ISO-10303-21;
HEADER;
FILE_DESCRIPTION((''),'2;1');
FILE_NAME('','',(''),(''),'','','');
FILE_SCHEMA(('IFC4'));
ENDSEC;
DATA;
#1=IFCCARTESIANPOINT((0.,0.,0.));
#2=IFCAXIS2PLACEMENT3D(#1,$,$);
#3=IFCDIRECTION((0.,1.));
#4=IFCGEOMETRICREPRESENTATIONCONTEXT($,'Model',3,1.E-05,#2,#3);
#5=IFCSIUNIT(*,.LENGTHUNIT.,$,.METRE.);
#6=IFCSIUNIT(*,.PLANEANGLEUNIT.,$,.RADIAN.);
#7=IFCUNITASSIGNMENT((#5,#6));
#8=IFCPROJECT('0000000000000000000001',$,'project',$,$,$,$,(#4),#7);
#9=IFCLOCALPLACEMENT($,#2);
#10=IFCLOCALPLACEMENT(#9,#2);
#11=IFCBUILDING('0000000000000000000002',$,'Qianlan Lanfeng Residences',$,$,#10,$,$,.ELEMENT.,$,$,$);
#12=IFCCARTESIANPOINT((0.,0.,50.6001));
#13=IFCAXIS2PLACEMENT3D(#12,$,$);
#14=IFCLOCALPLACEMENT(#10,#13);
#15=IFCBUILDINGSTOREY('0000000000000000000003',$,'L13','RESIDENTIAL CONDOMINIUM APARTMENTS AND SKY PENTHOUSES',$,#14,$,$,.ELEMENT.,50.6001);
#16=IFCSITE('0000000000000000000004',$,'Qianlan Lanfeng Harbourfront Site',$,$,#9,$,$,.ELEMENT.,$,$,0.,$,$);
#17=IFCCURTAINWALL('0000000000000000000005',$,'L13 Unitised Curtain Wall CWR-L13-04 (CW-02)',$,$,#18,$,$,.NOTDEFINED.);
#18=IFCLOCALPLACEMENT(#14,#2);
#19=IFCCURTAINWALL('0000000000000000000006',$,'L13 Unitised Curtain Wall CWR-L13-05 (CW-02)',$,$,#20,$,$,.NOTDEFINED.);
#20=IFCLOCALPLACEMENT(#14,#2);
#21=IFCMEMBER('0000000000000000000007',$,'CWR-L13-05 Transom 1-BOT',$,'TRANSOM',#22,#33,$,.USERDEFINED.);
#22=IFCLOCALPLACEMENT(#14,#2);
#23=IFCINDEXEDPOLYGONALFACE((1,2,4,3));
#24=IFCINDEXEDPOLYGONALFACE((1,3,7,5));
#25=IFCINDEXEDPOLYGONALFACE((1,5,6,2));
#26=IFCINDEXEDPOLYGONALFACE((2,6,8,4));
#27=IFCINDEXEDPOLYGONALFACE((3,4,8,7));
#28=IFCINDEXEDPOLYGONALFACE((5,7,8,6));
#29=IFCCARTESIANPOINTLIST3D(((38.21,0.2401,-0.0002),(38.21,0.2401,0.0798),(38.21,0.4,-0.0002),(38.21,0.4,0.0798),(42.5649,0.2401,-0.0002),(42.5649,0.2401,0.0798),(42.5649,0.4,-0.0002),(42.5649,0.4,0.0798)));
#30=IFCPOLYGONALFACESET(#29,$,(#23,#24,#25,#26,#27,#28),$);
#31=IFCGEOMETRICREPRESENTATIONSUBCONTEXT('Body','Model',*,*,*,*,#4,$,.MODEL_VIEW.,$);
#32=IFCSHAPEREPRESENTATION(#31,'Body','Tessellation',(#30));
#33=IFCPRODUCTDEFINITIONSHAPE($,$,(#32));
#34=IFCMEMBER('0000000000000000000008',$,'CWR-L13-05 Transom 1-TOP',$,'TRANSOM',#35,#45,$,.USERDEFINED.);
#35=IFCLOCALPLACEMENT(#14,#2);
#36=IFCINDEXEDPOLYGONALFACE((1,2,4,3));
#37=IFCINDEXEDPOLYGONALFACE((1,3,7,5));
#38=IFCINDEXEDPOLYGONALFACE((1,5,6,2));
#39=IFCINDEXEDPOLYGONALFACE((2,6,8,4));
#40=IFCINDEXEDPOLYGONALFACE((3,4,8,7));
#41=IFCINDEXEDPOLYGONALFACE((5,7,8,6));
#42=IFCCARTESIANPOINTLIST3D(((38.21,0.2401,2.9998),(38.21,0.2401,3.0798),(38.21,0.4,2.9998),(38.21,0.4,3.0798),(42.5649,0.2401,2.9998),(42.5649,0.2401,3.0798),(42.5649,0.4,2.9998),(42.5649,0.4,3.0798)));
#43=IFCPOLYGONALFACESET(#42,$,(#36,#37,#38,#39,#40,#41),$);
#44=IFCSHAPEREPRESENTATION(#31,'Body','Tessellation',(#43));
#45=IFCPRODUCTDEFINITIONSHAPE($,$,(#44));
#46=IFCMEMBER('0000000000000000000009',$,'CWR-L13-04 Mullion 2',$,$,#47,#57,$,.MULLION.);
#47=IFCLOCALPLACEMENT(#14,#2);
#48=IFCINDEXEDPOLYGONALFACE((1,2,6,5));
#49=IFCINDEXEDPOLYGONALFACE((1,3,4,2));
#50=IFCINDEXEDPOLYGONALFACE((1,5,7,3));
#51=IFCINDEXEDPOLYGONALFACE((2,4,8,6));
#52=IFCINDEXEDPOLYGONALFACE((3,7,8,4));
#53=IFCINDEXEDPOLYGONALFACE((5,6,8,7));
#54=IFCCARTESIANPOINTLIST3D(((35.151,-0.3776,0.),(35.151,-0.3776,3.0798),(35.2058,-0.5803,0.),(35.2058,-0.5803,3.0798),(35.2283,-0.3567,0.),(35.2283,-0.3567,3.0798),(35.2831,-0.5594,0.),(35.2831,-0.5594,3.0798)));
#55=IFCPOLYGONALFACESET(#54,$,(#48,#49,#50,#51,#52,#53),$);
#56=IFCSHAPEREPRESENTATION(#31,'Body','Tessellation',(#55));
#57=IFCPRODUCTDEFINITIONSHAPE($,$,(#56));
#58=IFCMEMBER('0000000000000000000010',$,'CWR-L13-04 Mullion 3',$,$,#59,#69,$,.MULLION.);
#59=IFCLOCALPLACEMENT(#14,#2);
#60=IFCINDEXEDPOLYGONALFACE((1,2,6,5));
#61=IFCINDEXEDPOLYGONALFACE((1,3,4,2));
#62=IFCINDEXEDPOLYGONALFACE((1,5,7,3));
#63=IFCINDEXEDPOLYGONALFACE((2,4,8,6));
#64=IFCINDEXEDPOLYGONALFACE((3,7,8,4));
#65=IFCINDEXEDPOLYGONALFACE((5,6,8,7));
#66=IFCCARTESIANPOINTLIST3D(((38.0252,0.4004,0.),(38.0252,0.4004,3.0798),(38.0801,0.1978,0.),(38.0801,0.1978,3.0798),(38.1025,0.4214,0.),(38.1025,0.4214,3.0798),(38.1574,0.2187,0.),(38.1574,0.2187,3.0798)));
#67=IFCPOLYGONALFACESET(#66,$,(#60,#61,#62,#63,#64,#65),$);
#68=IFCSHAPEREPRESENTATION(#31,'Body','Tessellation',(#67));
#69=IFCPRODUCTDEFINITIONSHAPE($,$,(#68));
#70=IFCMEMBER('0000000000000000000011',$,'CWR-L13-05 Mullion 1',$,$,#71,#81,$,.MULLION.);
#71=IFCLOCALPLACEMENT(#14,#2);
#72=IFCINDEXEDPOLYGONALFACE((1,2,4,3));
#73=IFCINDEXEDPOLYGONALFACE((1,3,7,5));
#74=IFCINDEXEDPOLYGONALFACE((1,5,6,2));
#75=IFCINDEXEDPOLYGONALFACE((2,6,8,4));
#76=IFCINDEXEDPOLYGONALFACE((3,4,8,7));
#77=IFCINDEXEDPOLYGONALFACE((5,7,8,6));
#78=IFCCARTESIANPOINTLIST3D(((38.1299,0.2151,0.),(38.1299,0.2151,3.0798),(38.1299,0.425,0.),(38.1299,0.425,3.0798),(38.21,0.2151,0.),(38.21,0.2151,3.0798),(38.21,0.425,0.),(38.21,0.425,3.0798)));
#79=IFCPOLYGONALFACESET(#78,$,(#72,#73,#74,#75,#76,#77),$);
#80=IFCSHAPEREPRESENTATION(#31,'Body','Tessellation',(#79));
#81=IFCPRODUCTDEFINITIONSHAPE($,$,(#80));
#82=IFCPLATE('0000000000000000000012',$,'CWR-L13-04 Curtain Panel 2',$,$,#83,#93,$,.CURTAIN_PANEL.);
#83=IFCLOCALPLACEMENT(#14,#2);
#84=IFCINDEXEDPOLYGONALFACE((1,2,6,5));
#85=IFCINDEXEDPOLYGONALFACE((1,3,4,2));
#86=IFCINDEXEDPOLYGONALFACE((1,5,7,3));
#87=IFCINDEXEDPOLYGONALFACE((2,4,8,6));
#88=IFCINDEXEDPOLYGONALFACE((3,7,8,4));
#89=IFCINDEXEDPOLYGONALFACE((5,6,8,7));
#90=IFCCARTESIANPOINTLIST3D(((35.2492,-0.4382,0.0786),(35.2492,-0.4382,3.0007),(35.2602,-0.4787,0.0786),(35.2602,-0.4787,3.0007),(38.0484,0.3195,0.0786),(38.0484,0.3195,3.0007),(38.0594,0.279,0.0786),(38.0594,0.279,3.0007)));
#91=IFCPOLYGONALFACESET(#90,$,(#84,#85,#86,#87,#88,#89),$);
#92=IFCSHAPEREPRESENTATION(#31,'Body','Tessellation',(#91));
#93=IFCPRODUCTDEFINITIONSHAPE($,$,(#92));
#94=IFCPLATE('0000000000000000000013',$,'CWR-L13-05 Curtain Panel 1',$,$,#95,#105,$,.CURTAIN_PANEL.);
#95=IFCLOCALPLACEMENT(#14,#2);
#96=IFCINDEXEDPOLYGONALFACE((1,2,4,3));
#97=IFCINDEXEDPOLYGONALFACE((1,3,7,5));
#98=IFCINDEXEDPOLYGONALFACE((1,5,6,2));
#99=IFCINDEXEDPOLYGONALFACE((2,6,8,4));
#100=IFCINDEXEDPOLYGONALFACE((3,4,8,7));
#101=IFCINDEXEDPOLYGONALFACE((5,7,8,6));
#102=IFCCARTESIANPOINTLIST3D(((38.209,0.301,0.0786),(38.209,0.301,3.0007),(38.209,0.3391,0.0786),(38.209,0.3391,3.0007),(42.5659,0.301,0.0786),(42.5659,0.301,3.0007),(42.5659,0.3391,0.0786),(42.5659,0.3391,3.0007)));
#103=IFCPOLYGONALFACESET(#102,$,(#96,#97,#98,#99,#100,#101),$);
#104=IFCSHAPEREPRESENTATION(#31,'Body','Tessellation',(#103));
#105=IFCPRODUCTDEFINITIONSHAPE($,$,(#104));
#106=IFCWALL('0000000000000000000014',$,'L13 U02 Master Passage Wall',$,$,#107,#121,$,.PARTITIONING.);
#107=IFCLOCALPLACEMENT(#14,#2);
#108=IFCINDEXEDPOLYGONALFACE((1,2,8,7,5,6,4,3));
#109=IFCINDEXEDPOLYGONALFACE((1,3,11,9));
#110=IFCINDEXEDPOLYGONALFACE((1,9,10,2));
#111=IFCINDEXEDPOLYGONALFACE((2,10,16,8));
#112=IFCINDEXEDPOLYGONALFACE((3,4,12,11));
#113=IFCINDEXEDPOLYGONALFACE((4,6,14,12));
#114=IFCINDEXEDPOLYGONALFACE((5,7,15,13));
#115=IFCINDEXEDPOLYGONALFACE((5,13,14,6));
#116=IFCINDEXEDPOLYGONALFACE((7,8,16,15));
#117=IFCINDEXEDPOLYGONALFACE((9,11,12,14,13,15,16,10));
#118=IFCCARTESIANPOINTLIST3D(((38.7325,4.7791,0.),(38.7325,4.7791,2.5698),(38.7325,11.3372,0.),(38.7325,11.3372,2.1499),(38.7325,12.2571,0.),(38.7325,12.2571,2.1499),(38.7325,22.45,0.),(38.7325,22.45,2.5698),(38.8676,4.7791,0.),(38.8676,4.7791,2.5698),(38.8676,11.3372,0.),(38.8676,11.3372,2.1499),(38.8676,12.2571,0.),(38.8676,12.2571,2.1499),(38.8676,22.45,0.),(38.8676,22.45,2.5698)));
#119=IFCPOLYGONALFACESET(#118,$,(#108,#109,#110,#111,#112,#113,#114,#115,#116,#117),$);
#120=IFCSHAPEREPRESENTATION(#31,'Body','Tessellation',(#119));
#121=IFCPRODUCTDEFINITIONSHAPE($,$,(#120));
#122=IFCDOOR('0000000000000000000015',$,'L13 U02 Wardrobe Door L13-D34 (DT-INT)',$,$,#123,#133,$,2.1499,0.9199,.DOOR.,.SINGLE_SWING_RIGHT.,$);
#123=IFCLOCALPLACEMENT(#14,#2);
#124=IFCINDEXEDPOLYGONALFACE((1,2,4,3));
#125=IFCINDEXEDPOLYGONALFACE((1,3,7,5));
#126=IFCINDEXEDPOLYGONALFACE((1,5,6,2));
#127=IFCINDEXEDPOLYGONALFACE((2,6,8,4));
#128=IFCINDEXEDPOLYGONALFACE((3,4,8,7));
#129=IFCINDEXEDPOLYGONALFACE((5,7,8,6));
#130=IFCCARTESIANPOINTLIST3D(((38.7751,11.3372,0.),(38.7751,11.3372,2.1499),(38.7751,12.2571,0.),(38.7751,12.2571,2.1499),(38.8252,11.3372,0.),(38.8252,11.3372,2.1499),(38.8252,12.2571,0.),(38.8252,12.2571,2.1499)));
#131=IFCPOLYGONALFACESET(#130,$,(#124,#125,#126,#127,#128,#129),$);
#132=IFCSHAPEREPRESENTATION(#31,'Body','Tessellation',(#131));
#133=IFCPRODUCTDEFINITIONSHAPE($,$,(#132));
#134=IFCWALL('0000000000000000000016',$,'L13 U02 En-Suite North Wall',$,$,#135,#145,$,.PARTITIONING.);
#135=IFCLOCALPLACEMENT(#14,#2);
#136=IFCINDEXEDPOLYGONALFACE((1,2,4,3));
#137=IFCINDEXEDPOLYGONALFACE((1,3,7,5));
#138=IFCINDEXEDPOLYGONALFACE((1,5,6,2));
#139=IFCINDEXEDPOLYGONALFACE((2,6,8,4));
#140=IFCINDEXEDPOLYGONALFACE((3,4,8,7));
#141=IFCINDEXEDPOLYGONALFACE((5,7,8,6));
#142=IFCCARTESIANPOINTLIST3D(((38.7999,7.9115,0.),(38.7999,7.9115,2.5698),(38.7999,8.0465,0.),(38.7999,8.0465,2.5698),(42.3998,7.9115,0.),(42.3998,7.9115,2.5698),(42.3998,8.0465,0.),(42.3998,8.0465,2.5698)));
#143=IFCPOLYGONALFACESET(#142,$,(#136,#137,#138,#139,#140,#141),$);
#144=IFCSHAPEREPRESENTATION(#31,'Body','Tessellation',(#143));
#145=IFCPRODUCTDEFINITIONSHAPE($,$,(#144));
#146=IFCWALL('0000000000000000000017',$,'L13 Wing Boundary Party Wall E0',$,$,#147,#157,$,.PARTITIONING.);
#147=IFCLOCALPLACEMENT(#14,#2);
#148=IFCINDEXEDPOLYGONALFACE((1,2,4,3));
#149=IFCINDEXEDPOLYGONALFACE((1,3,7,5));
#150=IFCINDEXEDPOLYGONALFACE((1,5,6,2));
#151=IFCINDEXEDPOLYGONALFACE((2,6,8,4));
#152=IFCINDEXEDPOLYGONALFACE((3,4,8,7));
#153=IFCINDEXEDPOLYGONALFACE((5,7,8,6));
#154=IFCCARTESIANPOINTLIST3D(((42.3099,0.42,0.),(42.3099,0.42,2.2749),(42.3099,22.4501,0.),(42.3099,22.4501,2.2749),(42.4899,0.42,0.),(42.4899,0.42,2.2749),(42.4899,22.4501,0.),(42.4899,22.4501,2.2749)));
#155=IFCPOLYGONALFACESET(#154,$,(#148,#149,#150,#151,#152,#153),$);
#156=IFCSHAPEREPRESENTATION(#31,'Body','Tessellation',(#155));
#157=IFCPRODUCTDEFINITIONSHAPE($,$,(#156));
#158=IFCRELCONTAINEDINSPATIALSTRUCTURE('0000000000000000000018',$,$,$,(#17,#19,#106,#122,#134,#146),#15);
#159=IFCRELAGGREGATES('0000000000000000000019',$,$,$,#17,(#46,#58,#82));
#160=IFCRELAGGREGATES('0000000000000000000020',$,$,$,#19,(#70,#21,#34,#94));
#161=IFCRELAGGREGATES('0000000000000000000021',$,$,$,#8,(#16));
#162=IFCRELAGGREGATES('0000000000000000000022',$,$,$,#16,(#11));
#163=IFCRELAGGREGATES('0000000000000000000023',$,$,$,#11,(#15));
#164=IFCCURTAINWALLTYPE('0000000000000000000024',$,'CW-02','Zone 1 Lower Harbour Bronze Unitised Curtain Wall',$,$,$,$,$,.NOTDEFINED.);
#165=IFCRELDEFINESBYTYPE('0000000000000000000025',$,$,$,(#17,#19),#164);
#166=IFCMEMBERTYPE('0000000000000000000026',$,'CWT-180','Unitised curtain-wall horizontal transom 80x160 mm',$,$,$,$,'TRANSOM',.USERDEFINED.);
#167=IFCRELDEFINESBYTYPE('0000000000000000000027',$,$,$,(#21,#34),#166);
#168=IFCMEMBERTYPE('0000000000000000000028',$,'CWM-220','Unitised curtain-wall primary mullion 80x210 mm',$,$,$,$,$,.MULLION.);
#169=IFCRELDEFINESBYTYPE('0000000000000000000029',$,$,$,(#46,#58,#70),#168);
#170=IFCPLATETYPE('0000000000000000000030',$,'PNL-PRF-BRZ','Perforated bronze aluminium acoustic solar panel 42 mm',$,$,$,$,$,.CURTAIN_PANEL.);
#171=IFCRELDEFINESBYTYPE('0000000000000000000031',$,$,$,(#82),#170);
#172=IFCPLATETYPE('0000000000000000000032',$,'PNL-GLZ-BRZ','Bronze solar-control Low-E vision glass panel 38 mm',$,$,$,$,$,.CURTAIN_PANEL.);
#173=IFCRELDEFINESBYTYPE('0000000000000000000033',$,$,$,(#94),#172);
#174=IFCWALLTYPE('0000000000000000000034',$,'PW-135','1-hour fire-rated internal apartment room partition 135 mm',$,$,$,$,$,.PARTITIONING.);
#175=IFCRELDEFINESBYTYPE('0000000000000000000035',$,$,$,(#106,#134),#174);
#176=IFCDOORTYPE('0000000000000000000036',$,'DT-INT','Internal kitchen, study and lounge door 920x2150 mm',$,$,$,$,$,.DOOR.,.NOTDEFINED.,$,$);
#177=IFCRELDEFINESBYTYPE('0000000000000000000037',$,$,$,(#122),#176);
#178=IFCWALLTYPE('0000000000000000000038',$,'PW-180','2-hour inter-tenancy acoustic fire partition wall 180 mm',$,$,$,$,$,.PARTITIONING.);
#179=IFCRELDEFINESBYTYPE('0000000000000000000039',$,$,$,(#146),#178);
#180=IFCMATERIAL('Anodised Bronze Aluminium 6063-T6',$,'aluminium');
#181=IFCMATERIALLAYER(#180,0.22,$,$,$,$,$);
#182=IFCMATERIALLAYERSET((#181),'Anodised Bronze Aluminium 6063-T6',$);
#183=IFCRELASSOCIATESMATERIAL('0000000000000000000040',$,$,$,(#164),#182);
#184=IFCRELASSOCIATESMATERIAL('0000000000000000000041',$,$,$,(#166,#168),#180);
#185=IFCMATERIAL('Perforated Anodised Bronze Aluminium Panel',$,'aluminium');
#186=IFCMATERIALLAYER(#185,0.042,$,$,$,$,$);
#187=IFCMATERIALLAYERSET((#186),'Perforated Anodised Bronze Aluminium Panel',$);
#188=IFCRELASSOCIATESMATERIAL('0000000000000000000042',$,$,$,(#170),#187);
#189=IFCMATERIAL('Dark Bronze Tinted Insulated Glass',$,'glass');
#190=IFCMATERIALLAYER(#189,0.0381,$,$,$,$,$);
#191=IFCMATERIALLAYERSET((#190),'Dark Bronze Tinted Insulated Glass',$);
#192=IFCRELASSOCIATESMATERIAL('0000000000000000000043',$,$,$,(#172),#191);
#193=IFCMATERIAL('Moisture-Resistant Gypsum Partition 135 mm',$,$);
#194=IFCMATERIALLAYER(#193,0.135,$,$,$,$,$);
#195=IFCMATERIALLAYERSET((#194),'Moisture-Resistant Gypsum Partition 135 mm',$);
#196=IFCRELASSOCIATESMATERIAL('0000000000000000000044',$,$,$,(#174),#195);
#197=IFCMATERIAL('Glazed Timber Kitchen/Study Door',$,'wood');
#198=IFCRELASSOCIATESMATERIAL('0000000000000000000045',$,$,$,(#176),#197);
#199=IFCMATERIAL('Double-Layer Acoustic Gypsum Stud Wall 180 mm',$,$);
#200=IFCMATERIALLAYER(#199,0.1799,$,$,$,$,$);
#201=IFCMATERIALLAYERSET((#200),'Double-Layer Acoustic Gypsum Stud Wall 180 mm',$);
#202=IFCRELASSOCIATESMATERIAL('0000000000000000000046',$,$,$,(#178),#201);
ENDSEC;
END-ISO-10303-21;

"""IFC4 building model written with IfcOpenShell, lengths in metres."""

from ifc_helpers import new_model, si_unit, direction, frame, frame_2d, origin, origin_2d, place, context, subcontext, project, spatial, rectangle, extrude, source, transform, mapped, material, layer, layer_set, material_profile, profile_set, type_object, element, fill, aggregate, save


model = new_model("IFC4")

# Units and contexts
model_context = context("Model", 3, precision=1e-05, world=origin(), true_north=direction((0.0, 1.0)))
body_context = subcontext(model_context, "Body", "Model", "MODEL_VIEW")
ifc_project = project(units=[si_unit("LENGTHUNIT", "METRE"), si_unit("PLANEANGLEUNIT", "RADIAN")], contexts=[model_context])

# Site, building, storey
site_placement = place(None, origin())
site = spatial("IfcSite", under=ifc_project, at=site_placement, Name="Qianlan Lanfeng Harbourfront Site", CompositionType="ELEMENT", RefElevation=0.0)
building_placement = place(site_placement, origin())
building = spatial("IfcBuilding", under=site, at=building_placement, Name="Qianlan Lanfeng Residences", CompositionType="ELEMENT")
storey_placement = place(building_placement, frame((0.0, 0.0, 50.6001)))
storey = spatial("IfcBuildingStorey", under=building, at=storey_placement, Name="L13", Description="RESIDENTIAL CONDOMINIUM APARTMENTS AND SKY PENTHOUSES", CompositionType="ELEMENT", Elevation=50.6001)

# Curtain walls, members
ifc_material_1 = material(Name="Anodised Bronze Aluminium 6063-T6", Category="aluminium")
ifc_layer_1 = layer(ifc_material_1, 0.22)
ifc_layer_set_1 = layer_set([ifc_layer_1], Name="Anodised Bronze Aluminium 6063-T6")
curtain_wall_type = type_object("IfcCurtainWallType", Name="CW-02", Description="Zone 1 Lower Harbour Bronze Unitised Curtain Wall", PredefinedType="NOTDEFINED", material=ifc_layer_set_1)
curtain_wall_1_placement = place(storey_placement, origin())
curtain_wall_1 = element("IfcCurtainWall", 1, at=curtain_wall_1_placement, inside=storey, type_object=curtain_wall_type, Name="L13 Unitised Curtain Wall CWR-L13-04 (CW-02)", PredefinedType="NOTDEFINED")
ifc_material_profile_1 = material_profile(ifc_material_1, rectangle(XDim=0.0801, YDim=0.1599, at=origin_2d()), Name="ALU TRANSOM 80x160")
ifc_profile_set_1 = profile_set([ifc_material_profile_1], Name="Anodised Bronze Aluminium 6063-T6")
member_type_1 = type_object("IfcMemberType", Name="CWT-180", Description="Unitised curtain-wall horizontal transom 80x160 mm", ElementType="TRANSOM", PredefinedType="USERDEFINED", material=ifc_profile_set_1)
curtain_wall_2_placement = place(storey_placement, origin())
curtain_wall_2 = element("IfcCurtainWall", 2, at=curtain_wall_2_placement, inside=storey, type_object=curtain_wall_type, Name="L13 Unitised Curtain Wall CWR-L13-05 (CW-02)", PredefinedType="NOTDEFINED")
shared_shape_1 = source(origin(), body_context, "Body", "SweptSolid", [
    extrude(rectangle(XDim=0.0801, YDim=0.1599, at=origin_2d()), origin(), (0.0, 0.0, 1.0), 4.355),
])
member_1_placement = place(storey_placement, frame((38.21, 0.3201, 0.0398), z_axis=(1.0, 0.0, 0.0), x_axis=(0.0, 0.0, 1.0)))
member_1 = element("IfcMember", 3, at=member_1_placement, type_object=member_type_1, Name="CWR-L13-05 Transom 1-BOT", ObjectType="TRANSOM", PredefinedType="USERDEFINED", context=body_context, shape_type="MappedRepresentation", body=[
    mapped(shared_shape_1, transform((0.0, 0.0, 0.0), scale=1.0)),
])
member_2_placement = place(storey_placement, frame((38.21, 0.3201, 3.0398), z_axis=(1.0, 0.0, 0.0), x_axis=(0.0, 0.0, 1.0)))
member_2 = element("IfcMember", 4, at=member_2_placement, type_object=member_type_1, Name="CWR-L13-05 Transom 1-TOP", ObjectType="TRANSOM", PredefinedType="USERDEFINED", context=body_context, shape_type="MappedRepresentation", body=[
    mapped(shared_shape_1, transform((0.0, 0.0, 0.0), scale=1.0)),
])

# Members
ifc_material_profile_2 = material_profile(ifc_material_1, rectangle(XDim=0.0801, YDim=0.21, at=origin_2d()), Name="ALU MULLION 80x210")
ifc_profile_set_2 = profile_set([ifc_material_profile_2], Name="Anodised Bronze Aluminium 6063-T6")
member_type_2 = type_object("IfcMemberType", Name="CWM-220", Description="Unitised curtain-wall primary mullion 80x210 mm", PredefinedType="MULLION", material=ifc_profile_set_2)
shared_shape_2 = source(origin(), body_context, "Body", "SweptSolid", [
    extrude(rectangle(XDim=0.0801, YDim=0.21, at=origin_2d()), origin(), (0.0, 0.0, 1.0), 3.0798),
])
member_3_placement = place(storey_placement, frame((35.217, -0.4685, 0.0), z_axis=(0.0, 0.0, 1.0), x_axis=(0.965263, 0.261281, 0.0)))
member_3 = element("IfcMember", 5, at=member_3_placement, type_object=member_type_2, Name="CWR-L13-04 Mullion 2", PredefinedType="MULLION", context=body_context, shape_type="MappedRepresentation", body=[
    mapped(shared_shape_2, transform((0.0, 0.0, 0.0), scale=1.0)),
])
member_4_placement = place(storey_placement, frame((38.0913, 0.3096, 0.0), z_axis=(0.0, 0.0, 1.0), x_axis=(0.965263, 0.261281, 0.0)))
member_4 = element("IfcMember", 6, at=member_4_placement, type_object=member_type_2, Name="CWR-L13-04 Mullion 3", PredefinedType="MULLION", context=body_context, shape_type="MappedRepresentation", body=[
    mapped(shared_shape_2, transform((0.0, 0.0, 0.0), scale=1.0)),
])
member_5_placement = place(storey_placement, frame((38.1699, 0.3201, 0.0), z_axis=(0.0, 0.0, 1.0), x_axis=(1.0, 0.0, 0.0)))
member_5 = element("IfcMember", 7, at=member_5_placement, type_object=member_type_2, Name="CWR-L13-05 Mullion 1", PredefinedType="MULLION", context=body_context, shape_type="MappedRepresentation", body=[
    mapped(shared_shape_2, transform((0.0, 0.0, 0.0), scale=1.0)),
])

# Plates
ifc_material_2 = material(Name="Perforated Anodised Bronze Aluminium Panel", Category="aluminium")
ifc_layer_2 = layer(ifc_material_2, 0.042)
ifc_layer_set_2 = layer_set([ifc_layer_2], Name="Perforated Anodised Bronze Aluminium Panel")
plate_type_1 = type_object("IfcPlateType", Name="PNL-PRF-BRZ", Description="Perforated bronze aluminium acoustic solar panel 42 mm", PredefinedType="CURTAIN_PANEL", material=ifc_layer_set_2)
shared_shape_3 = source(origin(), body_context, "Body", "SweptSolid", [
    extrude(rectangle(XDim=2.8999, YDim=0.042, at=origin_2d()), origin(), (0.0, 0.0, 1.0), 2.9221),
])
plate_1_placement = place(storey_placement, frame((36.6543, -0.0796, 0.0786), z_axis=(0.0, 0.0, 1.0), x_axis=(0.965263, 0.261281, 0.0)))
plate_1 = element("IfcPlate", 8, at=plate_1_placement, type_object=plate_type_1, Name="CWR-L13-04 Curtain Panel 2", PredefinedType="CURTAIN_PANEL", context=body_context, shape_type="MappedRepresentation", body=[
    mapped(shared_shape_3, transform((0.0, 0.0, 0.0), scale=1.0)),
])
aggregate(curtain_wall_1, [member_3, member_4, plate_1])
ifc_material_3 = material(Name="Dark Bronze Tinted Insulated Glass", Category="glass")
ifc_layer_3 = layer(ifc_material_3, 0.0381)
ifc_layer_set_3 = layer_set([ifc_layer_3], Name="Dark Bronze Tinted Insulated Glass")
plate_type_2 = type_object("IfcPlateType", Name="PNL-GLZ-BRZ", Description="Bronze solar-control Low-E vision glass panel 38 mm", PredefinedType="CURTAIN_PANEL", material=ifc_layer_set_3)
shared_shape_4 = source(origin(), body_context, "Body", "SweptSolid", [
    extrude(rectangle(XDim=4.3569, YDim=0.0381, at=origin_2d()), origin(), (0.0, 0.0, 1.0), 2.9221),
])
plate_2_placement = place(storey_placement, frame((40.3875, 0.3201, 0.0786), z_axis=(0.0, 0.0, 1.0), x_axis=(1.0, 0.0, 0.0)))
plate_2 = element("IfcPlate", 9, at=plate_2_placement, type_object=plate_type_2, Name="CWR-L13-05 Curtain Panel 1", PredefinedType="CURTAIN_PANEL", context=body_context, shape_type="MappedRepresentation", body=[
    mapped(shared_shape_4, transform((0.0, 0.0, 0.0), scale=1.0)),
])
aggregate(curtain_wall_2, [member_5, member_1, member_2, plate_2])

# Shared definitions
ifc_material_4 = material(Name="Moisture-Resistant Gypsum Partition 135 mm")
ifc_layer_4 = layer(ifc_material_4, 0.135)
ifc_layer_set_4 = layer_set([ifc_layer_4], Name="Moisture-Resistant Gypsum Partition 135 mm")
wall_type_1 = type_object("IfcWallType", Name="PW-135", Description="1-hour fire-rated internal apartment room partition 135 mm", PredefinedType="PARTITIONING", material=ifc_layer_set_4)

# Wall, opening, door
wall_1_placement = place(storey_placement, frame((38.8, 4.7791, 0.0), z_axis=(0.0, 0.0, 1.0), x_axis=(0.0, 1.0, 0.0)))
wall_1 = element("IfcWall", 10, at=wall_1_placement, inside=storey, type_object=wall_type_1, Name="L13 U02 Master Passage Wall", PredefinedType="PARTITIONING", context=body_context, shape_type="SweptSolid", body=[
    extrude(rectangle(XDim=17.6709, YDim=0.135, at=frame_2d((8.8354, 0.0))), origin(), (0.0, 0.0, 1.0), 2.5698),
])
opening_1_placement = place(wall_1_placement, frame((6.5581, 0.0, 0.0)))
opening_1 = element("IfcOpeningElement", 11, at=opening_1_placement, cuts=wall_1, PredefinedType="OPENING", context=body_context, shape_type="SweptSolid", body=[
    extrude(rectangle(XDim=0.9199, YDim=2.1499, at=frame_2d((0.46, 1.075))), frame((0.0, 0.0776, 0.0), z_axis=(0.0, -1.0, 0.0), x_axis=(1.0, 0.0, 0.0)), (0.0, 0.0, 1.0), 0.155),
])
ifc_material_5 = material(Name="Glazed Timber Kitchen/Study Door", Category="wood")
door_type_1 = type_object("IfcDoorType", Name="DT-INT", Description="Internal kitchen, study and lounge door 920x2150 mm", OperationType="NOTDEFINED", PredefinedType="DOOR", material=ifc_material_5)
door_1_placement = place(opening_1_placement, origin())
door_1 = element("IfcDoor", 12, at=door_1_placement, inside=storey, type_object=door_type_1, Name="L13 U02 Wardrobe Door L13-D34 (DT-INT)", OperationType="SINGLE_SWING_RIGHT", OverallHeight=2.1499, OverallWidth=0.9199, PredefinedType="DOOR", context=body_context, shape_type="SweptSolid", body=[
    extrude(rectangle(XDim=0.9199, YDim=2.1499, at=frame_2d((0.46, 1.075))), frame((0.0, 0.0249, 0.0), z_axis=(0.0, -1.0, 0.0), x_axis=(1.0, 0.0, 0.0)), (0.0, 0.0, 1.0), 0.05),
])
fill(opening_1, door_1)

# Walls
wall_2_placement = place(storey_placement, frame((38.8, 7.979, 0.0), z_axis=(0.0, 0.0, 1.0), x_axis=(1.0, 0.0, 0.0)))
element("IfcWall", 13, at=wall_2_placement, inside=storey, type_object=wall_type_1, Name="L13 U02 En-Suite North Wall", PredefinedType="PARTITIONING", context=body_context, shape_type="SweptSolid", body=[
    extrude(rectangle(XDim=3.5999, YDim=0.135, at=frame_2d((1.7998, 0.0))), origin(), (0.0, 0.0, 1.0), 2.5698),
])
ifc_material_6 = material(Name="Double-Layer Acoustic Gypsum Stud Wall 180 mm")
ifc_layer_5 = layer(ifc_material_6, 0.1799)
ifc_layer_set_5 = layer_set([ifc_layer_5], Name="Double-Layer Acoustic Gypsum Stud Wall 180 mm")
wall_type_2 = type_object("IfcWallType", Name="PW-180", Description="2-hour inter-tenancy acoustic fire partition wall 180 mm", PredefinedType="PARTITIONING", material=ifc_layer_set_5)
wall_3_placement = place(storey_placement, frame((42.3999, 0.4199, 0.0), z_axis=(0.0, 0.0, 1.0), x_axis=(0.0, 1.0, 0.0)))
element("IfcWall", 14, at=wall_3_placement, inside=storey, type_object=wall_type_2, Name="L13 Wing Boundary Party Wall E0", PredefinedType="PARTITIONING", context=body_context, shape_type="SweptSolid", body=[
    extrude(rectangle(XDim=22.03, YDim=0.1799, at=frame_2d((11.0151, 0.0))), origin(), (0.0, 0.0, 1.0), 2.2749),
])

save(model, "model.ifc")
